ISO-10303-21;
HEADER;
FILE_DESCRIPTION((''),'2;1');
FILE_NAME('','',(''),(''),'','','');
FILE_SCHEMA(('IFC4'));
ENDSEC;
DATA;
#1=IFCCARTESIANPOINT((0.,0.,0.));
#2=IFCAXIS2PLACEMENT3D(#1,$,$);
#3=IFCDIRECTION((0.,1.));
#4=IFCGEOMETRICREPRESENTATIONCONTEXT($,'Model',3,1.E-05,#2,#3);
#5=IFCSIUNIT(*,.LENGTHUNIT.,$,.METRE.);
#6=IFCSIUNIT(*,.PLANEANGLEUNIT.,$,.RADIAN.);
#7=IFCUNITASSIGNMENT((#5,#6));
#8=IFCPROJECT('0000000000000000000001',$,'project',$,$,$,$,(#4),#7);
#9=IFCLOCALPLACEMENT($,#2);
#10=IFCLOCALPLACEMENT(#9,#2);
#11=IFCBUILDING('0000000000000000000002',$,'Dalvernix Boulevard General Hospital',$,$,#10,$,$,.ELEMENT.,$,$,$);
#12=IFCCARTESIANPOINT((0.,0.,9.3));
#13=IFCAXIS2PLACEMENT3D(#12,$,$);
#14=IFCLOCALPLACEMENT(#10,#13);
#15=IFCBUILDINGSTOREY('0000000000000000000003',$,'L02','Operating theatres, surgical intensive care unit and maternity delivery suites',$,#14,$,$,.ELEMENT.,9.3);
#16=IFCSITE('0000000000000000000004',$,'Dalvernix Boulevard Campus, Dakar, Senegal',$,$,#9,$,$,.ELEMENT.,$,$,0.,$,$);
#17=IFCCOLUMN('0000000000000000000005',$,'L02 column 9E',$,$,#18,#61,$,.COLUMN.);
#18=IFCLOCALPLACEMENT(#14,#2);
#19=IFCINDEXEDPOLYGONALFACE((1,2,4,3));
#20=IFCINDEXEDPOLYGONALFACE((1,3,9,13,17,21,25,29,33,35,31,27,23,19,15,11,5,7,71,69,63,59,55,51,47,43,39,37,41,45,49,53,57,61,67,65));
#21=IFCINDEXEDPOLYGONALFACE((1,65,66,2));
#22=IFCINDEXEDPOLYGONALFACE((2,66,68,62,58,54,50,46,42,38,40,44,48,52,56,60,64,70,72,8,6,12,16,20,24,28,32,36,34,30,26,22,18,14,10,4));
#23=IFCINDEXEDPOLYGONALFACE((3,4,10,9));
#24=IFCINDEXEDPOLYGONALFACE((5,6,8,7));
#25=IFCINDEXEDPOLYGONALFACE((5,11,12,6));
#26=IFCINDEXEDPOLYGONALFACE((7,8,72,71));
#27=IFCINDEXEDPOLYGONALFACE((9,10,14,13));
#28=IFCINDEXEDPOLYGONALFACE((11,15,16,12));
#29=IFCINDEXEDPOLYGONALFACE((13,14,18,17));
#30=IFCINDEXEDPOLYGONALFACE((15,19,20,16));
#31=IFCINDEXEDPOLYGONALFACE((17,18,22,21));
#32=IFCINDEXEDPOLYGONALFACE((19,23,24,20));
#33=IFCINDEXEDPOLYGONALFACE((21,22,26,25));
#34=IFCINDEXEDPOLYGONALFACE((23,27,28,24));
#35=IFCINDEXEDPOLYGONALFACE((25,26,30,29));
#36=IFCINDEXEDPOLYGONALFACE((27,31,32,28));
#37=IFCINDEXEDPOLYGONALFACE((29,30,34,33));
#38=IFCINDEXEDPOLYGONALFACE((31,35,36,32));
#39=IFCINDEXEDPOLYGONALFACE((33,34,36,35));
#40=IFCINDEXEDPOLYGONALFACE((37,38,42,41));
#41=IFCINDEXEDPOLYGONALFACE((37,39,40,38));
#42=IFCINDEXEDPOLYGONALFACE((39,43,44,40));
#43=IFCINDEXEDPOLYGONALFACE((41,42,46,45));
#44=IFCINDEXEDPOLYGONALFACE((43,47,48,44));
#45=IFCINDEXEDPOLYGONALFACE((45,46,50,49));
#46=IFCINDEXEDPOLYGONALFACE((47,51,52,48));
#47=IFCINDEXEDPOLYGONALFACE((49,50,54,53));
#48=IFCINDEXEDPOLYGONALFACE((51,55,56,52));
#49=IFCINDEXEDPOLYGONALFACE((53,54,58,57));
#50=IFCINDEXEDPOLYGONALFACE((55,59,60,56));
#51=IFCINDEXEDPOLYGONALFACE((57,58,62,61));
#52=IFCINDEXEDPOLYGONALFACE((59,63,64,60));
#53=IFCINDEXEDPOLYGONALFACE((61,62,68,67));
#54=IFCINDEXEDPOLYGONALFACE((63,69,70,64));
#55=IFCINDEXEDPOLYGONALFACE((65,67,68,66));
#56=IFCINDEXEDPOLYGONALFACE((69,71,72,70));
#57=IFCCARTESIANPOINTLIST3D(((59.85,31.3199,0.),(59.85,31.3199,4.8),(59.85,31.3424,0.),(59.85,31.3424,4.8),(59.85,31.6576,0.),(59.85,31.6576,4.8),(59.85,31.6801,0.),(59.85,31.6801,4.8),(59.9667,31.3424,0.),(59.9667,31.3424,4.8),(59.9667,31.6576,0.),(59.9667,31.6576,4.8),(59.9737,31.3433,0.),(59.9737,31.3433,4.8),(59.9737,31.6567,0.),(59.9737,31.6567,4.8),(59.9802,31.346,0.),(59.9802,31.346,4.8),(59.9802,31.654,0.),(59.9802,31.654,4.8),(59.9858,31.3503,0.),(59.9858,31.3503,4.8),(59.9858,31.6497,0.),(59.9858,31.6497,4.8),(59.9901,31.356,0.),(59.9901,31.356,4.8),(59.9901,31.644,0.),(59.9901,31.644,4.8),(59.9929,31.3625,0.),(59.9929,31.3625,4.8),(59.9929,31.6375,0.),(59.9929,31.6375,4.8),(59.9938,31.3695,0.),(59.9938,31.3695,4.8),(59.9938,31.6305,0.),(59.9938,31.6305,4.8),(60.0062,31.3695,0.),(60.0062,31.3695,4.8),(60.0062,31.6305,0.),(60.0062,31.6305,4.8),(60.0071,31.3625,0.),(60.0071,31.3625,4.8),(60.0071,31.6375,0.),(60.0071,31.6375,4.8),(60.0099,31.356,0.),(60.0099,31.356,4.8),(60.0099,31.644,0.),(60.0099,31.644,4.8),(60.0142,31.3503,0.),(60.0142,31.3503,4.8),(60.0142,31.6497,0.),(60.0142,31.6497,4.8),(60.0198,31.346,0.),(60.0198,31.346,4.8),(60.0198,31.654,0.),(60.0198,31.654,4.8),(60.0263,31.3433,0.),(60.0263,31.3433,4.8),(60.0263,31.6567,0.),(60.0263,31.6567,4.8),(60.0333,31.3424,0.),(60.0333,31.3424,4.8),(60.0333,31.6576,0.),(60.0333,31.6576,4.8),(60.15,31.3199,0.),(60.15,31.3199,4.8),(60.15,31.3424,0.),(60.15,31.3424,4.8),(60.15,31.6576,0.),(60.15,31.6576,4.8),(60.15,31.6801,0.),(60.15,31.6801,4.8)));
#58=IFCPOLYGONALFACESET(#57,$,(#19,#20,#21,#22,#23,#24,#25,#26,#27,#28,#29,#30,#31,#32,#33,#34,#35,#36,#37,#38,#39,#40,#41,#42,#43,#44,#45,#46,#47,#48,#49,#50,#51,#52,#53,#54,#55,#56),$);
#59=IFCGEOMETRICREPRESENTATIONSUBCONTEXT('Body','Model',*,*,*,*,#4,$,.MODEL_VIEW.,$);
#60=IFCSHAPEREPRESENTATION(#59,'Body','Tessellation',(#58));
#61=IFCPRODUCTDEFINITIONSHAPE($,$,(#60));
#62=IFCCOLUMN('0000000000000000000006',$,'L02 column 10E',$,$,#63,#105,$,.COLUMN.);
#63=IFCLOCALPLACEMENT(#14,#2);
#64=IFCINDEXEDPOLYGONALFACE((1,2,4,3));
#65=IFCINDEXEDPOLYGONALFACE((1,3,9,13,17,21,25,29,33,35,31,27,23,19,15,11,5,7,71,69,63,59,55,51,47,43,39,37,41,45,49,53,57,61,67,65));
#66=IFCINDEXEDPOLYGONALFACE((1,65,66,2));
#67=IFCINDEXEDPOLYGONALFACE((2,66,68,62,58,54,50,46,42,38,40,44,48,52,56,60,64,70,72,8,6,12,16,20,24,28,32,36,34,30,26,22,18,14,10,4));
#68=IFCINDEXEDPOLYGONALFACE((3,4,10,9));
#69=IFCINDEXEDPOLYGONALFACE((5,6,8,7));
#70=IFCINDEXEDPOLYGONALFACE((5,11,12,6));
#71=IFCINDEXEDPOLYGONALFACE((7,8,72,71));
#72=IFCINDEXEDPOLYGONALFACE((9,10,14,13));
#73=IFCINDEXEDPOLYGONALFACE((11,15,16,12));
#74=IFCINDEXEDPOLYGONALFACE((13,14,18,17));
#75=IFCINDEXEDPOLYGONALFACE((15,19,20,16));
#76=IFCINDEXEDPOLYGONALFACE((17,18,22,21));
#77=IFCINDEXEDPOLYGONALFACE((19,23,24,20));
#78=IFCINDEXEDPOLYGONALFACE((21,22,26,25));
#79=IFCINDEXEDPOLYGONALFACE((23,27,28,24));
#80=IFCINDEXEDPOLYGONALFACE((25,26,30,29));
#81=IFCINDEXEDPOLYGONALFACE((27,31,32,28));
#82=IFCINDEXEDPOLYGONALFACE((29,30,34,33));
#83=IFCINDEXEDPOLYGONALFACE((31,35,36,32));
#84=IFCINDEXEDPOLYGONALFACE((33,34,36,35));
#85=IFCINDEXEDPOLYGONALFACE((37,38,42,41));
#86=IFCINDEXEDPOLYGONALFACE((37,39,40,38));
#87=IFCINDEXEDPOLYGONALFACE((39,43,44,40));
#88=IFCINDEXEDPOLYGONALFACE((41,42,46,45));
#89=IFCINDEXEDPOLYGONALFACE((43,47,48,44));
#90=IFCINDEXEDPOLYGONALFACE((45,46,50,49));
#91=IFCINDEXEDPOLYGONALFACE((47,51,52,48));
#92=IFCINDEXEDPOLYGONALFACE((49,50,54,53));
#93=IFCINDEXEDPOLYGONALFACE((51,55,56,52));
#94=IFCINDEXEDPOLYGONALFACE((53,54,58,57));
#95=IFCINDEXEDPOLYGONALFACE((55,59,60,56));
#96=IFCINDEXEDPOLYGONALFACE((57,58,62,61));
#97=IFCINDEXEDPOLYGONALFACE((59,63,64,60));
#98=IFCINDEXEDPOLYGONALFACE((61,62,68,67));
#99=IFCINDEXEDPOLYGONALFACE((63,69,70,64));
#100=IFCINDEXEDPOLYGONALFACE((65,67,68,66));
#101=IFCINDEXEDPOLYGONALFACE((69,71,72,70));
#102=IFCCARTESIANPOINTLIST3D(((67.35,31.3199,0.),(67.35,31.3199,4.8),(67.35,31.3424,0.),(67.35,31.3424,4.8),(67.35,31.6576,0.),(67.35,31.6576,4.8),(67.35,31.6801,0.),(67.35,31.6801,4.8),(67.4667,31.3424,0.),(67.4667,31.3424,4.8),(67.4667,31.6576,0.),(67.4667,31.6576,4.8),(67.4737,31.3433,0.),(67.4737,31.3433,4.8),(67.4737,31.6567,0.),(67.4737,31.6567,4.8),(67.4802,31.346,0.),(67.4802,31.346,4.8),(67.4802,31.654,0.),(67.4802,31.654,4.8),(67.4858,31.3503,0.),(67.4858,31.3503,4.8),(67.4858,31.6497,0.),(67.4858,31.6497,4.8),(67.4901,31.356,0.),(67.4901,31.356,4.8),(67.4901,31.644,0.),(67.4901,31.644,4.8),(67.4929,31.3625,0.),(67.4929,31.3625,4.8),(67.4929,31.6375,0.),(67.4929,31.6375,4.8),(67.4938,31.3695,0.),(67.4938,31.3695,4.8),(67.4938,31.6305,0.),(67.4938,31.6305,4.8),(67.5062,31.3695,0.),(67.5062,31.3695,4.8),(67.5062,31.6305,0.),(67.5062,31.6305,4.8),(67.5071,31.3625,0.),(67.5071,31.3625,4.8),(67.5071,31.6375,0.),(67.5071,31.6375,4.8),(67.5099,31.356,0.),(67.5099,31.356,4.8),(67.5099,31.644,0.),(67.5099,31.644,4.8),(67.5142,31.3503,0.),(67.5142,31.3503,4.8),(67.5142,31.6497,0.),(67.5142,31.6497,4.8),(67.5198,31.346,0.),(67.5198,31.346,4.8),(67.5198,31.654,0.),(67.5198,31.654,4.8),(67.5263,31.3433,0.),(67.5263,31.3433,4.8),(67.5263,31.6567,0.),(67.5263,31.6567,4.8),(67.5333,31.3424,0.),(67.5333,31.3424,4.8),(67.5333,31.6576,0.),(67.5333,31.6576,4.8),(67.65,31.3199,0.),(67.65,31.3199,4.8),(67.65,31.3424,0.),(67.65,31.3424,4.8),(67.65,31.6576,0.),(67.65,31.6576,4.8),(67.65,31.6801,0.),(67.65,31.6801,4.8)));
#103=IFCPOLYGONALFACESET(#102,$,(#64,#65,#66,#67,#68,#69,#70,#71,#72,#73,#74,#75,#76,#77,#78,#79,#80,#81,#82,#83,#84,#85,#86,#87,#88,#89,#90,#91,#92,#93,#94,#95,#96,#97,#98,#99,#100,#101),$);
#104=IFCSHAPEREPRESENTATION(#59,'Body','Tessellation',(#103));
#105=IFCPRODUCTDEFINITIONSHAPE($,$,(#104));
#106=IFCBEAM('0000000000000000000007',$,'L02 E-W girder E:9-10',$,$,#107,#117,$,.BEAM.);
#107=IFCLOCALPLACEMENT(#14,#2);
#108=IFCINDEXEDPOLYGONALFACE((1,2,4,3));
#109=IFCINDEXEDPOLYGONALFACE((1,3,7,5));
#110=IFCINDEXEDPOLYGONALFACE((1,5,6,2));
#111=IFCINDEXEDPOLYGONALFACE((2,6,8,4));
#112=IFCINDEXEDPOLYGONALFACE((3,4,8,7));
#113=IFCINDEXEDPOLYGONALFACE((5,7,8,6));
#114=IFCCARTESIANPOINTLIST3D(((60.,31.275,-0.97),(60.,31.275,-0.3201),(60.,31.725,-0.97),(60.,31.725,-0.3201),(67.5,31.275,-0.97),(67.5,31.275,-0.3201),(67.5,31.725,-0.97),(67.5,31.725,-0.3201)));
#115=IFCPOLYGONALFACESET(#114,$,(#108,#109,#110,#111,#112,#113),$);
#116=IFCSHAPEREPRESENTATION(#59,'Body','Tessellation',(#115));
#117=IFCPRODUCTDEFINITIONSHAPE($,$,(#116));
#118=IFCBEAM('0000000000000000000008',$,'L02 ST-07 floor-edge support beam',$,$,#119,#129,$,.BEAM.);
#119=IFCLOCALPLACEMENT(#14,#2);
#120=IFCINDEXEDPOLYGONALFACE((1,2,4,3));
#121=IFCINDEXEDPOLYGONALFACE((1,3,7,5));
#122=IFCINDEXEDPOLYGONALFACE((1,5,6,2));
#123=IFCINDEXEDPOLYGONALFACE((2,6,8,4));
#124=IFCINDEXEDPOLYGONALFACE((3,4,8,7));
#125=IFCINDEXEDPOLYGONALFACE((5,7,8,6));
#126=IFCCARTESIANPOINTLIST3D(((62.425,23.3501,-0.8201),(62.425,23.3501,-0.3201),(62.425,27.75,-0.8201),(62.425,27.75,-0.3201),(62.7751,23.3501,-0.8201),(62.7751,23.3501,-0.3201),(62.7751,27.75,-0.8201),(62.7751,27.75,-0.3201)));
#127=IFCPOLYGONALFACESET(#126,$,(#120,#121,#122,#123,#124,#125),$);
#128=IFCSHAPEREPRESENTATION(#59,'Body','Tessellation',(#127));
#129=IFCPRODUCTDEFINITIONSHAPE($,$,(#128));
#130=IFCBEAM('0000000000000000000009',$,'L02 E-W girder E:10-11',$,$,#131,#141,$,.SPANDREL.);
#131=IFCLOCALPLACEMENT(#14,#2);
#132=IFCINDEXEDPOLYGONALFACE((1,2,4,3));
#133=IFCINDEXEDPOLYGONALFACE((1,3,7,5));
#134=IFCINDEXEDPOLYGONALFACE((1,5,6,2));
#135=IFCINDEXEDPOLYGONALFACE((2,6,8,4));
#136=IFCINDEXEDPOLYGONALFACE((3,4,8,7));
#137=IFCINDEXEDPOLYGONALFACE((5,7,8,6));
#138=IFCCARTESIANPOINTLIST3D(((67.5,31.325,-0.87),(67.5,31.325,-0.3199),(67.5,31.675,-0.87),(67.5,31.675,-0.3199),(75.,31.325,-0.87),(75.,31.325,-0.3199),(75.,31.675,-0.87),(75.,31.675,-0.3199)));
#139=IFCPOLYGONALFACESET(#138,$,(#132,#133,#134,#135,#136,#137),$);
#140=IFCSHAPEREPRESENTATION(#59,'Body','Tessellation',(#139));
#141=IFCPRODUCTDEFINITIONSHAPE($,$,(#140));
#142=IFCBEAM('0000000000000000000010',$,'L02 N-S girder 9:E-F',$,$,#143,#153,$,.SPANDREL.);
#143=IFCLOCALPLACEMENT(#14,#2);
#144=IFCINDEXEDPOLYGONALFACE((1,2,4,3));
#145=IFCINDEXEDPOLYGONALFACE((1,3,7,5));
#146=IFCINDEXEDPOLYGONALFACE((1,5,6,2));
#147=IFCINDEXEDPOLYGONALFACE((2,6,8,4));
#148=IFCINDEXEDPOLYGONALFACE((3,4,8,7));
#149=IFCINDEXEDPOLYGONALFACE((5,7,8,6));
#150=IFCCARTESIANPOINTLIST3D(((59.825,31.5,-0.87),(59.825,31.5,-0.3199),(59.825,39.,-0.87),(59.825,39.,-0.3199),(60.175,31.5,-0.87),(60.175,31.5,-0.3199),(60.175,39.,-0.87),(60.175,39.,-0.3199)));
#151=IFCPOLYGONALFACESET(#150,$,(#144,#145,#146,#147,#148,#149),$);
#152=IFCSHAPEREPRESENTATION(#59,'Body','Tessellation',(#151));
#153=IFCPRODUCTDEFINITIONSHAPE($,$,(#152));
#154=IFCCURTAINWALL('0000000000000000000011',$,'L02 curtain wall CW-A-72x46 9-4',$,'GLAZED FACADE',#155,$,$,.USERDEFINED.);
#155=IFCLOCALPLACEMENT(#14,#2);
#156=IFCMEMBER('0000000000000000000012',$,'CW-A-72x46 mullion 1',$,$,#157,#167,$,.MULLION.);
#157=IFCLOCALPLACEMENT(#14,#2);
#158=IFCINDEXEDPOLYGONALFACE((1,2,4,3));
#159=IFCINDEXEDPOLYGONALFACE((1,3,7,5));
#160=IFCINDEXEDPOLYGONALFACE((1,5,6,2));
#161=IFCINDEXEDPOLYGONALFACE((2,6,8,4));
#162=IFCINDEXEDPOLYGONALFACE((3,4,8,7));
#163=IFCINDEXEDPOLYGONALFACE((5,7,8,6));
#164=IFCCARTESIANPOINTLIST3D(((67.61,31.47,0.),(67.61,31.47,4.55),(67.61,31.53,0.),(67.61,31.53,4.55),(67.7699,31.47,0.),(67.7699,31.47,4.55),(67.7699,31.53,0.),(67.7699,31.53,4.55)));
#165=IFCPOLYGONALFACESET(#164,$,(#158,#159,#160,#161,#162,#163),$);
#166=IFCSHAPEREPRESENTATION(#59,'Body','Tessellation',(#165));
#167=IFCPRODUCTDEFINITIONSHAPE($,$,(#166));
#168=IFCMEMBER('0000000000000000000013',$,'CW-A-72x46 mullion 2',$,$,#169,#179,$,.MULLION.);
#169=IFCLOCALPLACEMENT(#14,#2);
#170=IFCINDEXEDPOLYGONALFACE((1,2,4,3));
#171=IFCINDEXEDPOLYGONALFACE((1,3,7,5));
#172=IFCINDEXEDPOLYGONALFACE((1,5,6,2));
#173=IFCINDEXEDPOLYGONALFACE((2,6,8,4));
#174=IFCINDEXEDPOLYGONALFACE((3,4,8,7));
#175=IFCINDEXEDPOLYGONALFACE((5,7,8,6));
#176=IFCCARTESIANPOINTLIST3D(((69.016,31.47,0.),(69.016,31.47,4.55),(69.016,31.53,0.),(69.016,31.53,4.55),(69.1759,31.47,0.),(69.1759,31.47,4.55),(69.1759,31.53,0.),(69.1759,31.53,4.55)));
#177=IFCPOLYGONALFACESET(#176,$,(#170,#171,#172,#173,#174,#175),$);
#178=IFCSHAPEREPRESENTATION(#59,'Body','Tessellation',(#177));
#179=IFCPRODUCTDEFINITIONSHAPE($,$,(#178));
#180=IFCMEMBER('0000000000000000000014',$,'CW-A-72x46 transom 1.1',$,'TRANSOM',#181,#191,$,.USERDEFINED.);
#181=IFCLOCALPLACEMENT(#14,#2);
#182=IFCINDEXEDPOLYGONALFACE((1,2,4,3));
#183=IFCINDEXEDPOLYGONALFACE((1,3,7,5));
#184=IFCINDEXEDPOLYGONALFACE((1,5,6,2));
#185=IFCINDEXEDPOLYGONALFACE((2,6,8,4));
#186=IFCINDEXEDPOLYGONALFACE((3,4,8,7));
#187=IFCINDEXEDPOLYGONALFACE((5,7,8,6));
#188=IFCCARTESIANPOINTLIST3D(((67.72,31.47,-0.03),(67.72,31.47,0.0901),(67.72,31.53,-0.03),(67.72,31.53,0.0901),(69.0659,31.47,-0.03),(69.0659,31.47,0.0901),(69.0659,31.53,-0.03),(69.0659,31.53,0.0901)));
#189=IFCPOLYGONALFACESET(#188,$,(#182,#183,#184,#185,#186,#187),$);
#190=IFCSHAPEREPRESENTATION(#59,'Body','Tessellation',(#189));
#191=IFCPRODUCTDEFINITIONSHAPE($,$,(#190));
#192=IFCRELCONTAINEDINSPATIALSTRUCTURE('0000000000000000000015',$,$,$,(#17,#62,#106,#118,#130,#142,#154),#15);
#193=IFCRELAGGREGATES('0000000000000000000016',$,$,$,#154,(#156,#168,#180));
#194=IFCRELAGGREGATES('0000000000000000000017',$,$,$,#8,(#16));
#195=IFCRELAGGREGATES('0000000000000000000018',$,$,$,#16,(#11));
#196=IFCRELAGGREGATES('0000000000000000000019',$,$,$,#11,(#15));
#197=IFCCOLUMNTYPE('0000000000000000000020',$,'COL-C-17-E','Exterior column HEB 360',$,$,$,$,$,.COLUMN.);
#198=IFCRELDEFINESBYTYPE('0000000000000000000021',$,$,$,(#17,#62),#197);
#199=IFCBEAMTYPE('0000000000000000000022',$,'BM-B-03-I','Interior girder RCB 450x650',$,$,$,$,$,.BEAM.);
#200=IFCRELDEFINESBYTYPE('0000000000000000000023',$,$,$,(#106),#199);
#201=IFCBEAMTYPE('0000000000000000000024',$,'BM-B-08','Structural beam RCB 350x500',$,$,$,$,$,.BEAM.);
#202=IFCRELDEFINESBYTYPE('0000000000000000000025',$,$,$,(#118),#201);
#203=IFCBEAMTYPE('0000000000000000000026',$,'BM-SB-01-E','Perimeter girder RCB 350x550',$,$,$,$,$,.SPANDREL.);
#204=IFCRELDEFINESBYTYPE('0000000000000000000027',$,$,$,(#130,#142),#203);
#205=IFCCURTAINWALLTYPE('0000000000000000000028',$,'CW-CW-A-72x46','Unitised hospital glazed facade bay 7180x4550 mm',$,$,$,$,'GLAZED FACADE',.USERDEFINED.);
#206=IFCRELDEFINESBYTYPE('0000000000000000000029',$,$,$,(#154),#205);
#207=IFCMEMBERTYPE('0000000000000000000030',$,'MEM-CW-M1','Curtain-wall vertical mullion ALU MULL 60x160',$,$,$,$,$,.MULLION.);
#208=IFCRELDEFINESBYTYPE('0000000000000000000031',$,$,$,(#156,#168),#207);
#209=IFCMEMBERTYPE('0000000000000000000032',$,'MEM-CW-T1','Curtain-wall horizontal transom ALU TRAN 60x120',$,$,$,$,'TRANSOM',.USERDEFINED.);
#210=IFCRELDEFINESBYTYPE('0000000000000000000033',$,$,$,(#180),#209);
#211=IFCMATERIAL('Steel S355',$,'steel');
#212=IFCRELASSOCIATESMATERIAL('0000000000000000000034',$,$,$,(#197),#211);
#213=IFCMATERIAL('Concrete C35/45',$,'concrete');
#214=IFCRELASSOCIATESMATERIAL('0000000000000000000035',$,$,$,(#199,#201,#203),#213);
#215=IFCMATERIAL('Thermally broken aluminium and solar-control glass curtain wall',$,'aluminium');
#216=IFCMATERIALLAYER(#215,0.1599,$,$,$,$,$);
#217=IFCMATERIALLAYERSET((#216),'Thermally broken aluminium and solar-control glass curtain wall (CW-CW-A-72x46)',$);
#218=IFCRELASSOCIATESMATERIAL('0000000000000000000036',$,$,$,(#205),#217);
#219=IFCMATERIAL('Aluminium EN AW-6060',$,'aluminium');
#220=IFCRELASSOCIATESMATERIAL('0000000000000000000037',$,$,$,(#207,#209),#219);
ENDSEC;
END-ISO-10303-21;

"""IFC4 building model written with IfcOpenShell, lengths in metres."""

from ifc_helpers import new_model, si_unit, direction, frame, origin, origin_2d, place, context, subcontext, project, spatial, rectangle, i_section, extrude, material, layer, layer_set, material_profile, profile_set, type_object, element, aggregate, save


model = new_model("IFC4")

# Units and contexts
model_context = context("Model", 3, precision=1e-05, world=origin(), true_north=direction((0.0, 1.0)))
body_context = subcontext(model_context, "Body", "Model", "MODEL_VIEW")
ifc_project = project(units=[si_unit("LENGTHUNIT", "METRE"), si_unit("PLANEANGLEUNIT", "RADIAN")], contexts=[model_context])

# Site, building, storey
site_placement = place(None, origin())
site = spatial("IfcSite", under=ifc_project, at=site_placement, Name="Dalvernix Boulevard Campus, Dakar, Senegal", CompositionType="ELEMENT", RefElevation=0.0)
building_placement = place(site_placement, origin())
building = spatial("IfcBuilding", under=site, at=building_placement, Name="Dalvernix Boulevard General Hospital", CompositionType="ELEMENT")
storey_placement = place(building_placement, frame((0.0, 0.0, 9.3)))
storey = spatial("IfcBuildingStorey", under=building, at=storey_placement, Name="L02", Description="Operating theatres, surgical intensive care unit and maternity delivery suites", CompositionType="ELEMENT", Elevation=9.3)

# Columns
ifc_material_1 = material(Name="Steel S355", Category="steel")
ifc_material_profile_1 = material_profile(ifc_material_1, i_section(OverallWidth=0.3, OverallDepth=0.3601, WebThickness=0.0125, FlangeThickness=0.0225, FilletRadius=0.0271, at=origin_2d()), Name="HEB 360")
ifc_profile_set_1 = profile_set([ifc_material_profile_1], Name="Steel S355")
column_type = type_object("IfcColumnType", Name="COL-C-17-E", Description="Exterior column HEB 360", PredefinedType="COLUMN", material=ifc_profile_set_1)
for number, where, z_axis, x_axis, name in (
    (1, (60.0, 31.5, 0.0), (0.0, 0.0, 1.0), (1.0, 0.0, 0.0), "L02 column 9E"),
    (2, (67.5, 31.5, 0.0), (0.0, 0.0, 1.0), (1.0, 0.0, 0.0), "L02 column 10E"),
):
    element("IfcColumn", number, at=place(storey_placement, frame(where, z_axis=z_axis, x_axis=x_axis)), inside=storey, type_object=column_type, Name=name, PredefinedType="COLUMN", context=body_context, shape_type="SweptSolid", body=[
        extrude(i_section(OverallWidth=0.3, OverallDepth=0.3601, WebThickness=0.0125, FlangeThickness=0.0225, FilletRadius=0.0271, at=origin_2d()), origin(), (0.0, 0.0, 1.0), 4.8),
    ])

# Beams
ifc_material_2 = material(Name="Concrete C35/45", Category="concrete")
ifc_material_profile_2 = material_profile(ifc_material_2, rectangle(XDim=0.45, YDim=0.6499, at=origin_2d()), Name="RCB 450x650")
ifc_profile_set_2 = profile_set([ifc_material_profile_2], Name="Concrete C35/45")
beam_type_1 = type_object("IfcBeamType", Name="BM-B-03-I", Description="Interior girder RCB 450x650", PredefinedType="BEAM", material=ifc_profile_set_2)
beam_1_placement = place(storey_placement, frame((60.0, 31.5, -0.645), z_axis=(1.0, 0.0, 0.0), x_axis=(0.0, 1.0, 0.0)))
element("IfcBeam", 3, at=beam_1_placement, inside=storey, type_object=beam_type_1, Name="L02 E-W girder E:9-10", PredefinedType="BEAM", context=body_context, shape_type="SweptSolid", body=[
    extrude(rectangle(XDim=0.45, YDim=0.6499, at=origin_2d()), origin(), (0.0, 0.0, 1.0), 7.5),
])
ifc_material_profile_3 = material_profile(ifc_material_2, rectangle(XDim=0.3501, YDim=0.5, at=origin_2d()), Name="RCB 350x500")
ifc_profile_set_3 = profile_set([ifc_material_profile_3], Name="Concrete C35/45")
beam_type_2 = type_object("IfcBeamType", Name="BM-B-08", Description="Structural beam RCB 350x500", PredefinedType="BEAM", material=ifc_profile_set_3)
beam_2_placement = place(storey_placement, frame((62.6001, 23.3501, -0.5701), z_axis=(0.0, 1.0, 0.0), x_axis=(-1.0, 0.0, 0.0)))
element("IfcBeam", 4, at=beam_2_placement, inside=storey, type_object=beam_type_2, Name="L02 ST-07 floor-edge support beam", PredefinedType="BEAM", context=body_context, shape_type="SweptSolid", body=[
    extrude(rectangle(XDim=0.3501, YDim=0.5, at=origin_2d()), origin(), (0.0, 0.0, 1.0), 4.3999),
])
ifc_material_profile_4 = material_profile(ifc_material_2, rectangle(XDim=0.3501, YDim=0.55, at=origin_2d()), Name="RCB 350x550")
ifc_profile_set_4 = profile_set([ifc_material_profile_4], Name="Concrete C35/45")
beam_type_3 = type_object("IfcBeamType", Name="BM-SB-01-E", Description="Perimeter girder RCB 350x550", PredefinedType="SPANDREL", material=ifc_profile_set_4)
for number, where, z_axis, x_axis, name in (
    (5, (67.5, 31.5, -0.595), (1.0, 0.0, 0.0), (0.0, 1.0, 0.0), "L02 E-W girder E:10-11"),
    (6, (60.0, 31.5, -0.595), (0.0, 1.0, 0.0), (-1.0, 0.0, 0.0), "L02 N-S girder 9:E-F"),
):
    element("IfcBeam", number, at=place(storey_placement, frame(where, z_axis=z_axis, x_axis=x_axis)), inside=storey, type_object=beam_type_3, Name=name, PredefinedType="SPANDREL", context=body_context, shape_type="SweptSolid", body=[
        extrude(rectangle(XDim=0.3501, YDim=0.55, at=origin_2d()), origin(), (0.0, 0.0, 1.0), 7.5),
    ])

# Curtain wall, members
ifc_material_3 = material(Name="Thermally broken aluminium and solar-control glass curtain wall", Category="aluminium")
ifc_layer_1 = layer(ifc_material_3, 0.1599)
ifc_layer_set_1 = layer_set([ifc_layer_1], Name="Thermally broken aluminium and solar-control glass curtain wall (CW-CW-A-72x46)")
curtain_wall_type = type_object("IfcCurtainWallType", Name="CW-CW-A-72x46", Description="Unitised hospital glazed facade bay 7180x4550 mm", ElementType="GLAZED FACADE", PredefinedType="USERDEFINED", material=ifc_layer_set_1)
curtain_wall_placement = place(storey_placement, origin())
curtain_wall = element("IfcCurtainWall", 7, at=curtain_wall_placement, inside=storey, type_object=curtain_wall_type, Name="L02 curtain wall CW-A-72x46 9-4", ObjectType="GLAZED FACADE", PredefinedType="USERDEFINED")
ifc_material_4 = material(Name="Aluminium EN AW-6060", Category="aluminium")
ifc_material_profile_5 = material_profile(ifc_material_4, rectangle(XDim=0.0601, YDim=0.1599, at=origin_2d()), Name="ALU MULL 60x160")
ifc_profile_set_5 = profile_set([ifc_material_profile_5], Name="Aluminium EN AW-6060")
member_type_1 = type_object("IfcMemberType", Name="MEM-CW-M1", Description="Curtain-wall vertical mullion ALU MULL 60x160", PredefinedType="MULLION", material=ifc_profile_set_5)
member_1_placement = place(storey_placement, frame((67.6899, 31.5, 0.0), z_axis=(0.0, 0.0, 1.0), x_axis=(0.0, 1.0, 0.0)))
member_1 = element("IfcMember", 8, at=member_1_placement, type_object=member_type_1, Name="CW-A-72x46 mullion 1", PredefinedType="MULLION", context=body_context, shape_type="SweptSolid", body=[
    extrude(rectangle(XDim=0.0601, YDim=0.1599, at=origin_2d()), origin(), (0.0, 0.0, 1.0), 4.55),
])
member_2_placement = place(storey_placement, frame((69.0959, 31.5, 0.0), z_axis=(0.0, 0.0, 1.0), x_axis=(0.0, 1.0, 0.0)))
member_2 = element("IfcMember", 9, at=member_2_placement, type_object=member_type_1, Name="CW-A-72x46 mullion 2", PredefinedType="MULLION", context=body_context, shape_type="SweptSolid", body=[
    extrude(rectangle(XDim=0.0601, YDim=0.1599, at=origin_2d()), origin(), (0.0, 0.0, 1.0), 4.55),
])
ifc_material_profile_6 = material_profile(ifc_material_4, rectangle(XDim=0.0601, YDim=0.1201, at=origin_2d()), Name="ALU TRAN 60x120")
ifc_profile_set_6 = profile_set([ifc_material_profile_6], Name="Aluminium EN AW-6060")
member_type_2 = type_object("IfcMemberType", Name="MEM-CW-T1", Description="Curtain-wall horizontal transom ALU TRAN 60x120", ElementType="TRANSOM", PredefinedType="USERDEFINED", material=ifc_profile_set_6)
member_3_placement = place(storey_placement, frame((67.72, 31.5, 0.03), z_axis=(1.0, 0.0, 0.0), x_axis=(0.0, 1.0, 0.0)))
member_3 = element("IfcMember", 10, at=member_3_placement, type_object=member_type_2, Name="CW-A-72x46 transom 1.1", ObjectType="TRANSOM", PredefinedType="USERDEFINED", context=body_context, shape_type="SweptSolid", body=[
    extrude(rectangle(XDim=0.0601, YDim=0.1201, at=origin_2d()), origin(), (0.0, 0.0, 1.0), 1.3459),
])
aggregate(curtain_wall, [member_1, member_2, member_3])

save(model, "model.ifc")
